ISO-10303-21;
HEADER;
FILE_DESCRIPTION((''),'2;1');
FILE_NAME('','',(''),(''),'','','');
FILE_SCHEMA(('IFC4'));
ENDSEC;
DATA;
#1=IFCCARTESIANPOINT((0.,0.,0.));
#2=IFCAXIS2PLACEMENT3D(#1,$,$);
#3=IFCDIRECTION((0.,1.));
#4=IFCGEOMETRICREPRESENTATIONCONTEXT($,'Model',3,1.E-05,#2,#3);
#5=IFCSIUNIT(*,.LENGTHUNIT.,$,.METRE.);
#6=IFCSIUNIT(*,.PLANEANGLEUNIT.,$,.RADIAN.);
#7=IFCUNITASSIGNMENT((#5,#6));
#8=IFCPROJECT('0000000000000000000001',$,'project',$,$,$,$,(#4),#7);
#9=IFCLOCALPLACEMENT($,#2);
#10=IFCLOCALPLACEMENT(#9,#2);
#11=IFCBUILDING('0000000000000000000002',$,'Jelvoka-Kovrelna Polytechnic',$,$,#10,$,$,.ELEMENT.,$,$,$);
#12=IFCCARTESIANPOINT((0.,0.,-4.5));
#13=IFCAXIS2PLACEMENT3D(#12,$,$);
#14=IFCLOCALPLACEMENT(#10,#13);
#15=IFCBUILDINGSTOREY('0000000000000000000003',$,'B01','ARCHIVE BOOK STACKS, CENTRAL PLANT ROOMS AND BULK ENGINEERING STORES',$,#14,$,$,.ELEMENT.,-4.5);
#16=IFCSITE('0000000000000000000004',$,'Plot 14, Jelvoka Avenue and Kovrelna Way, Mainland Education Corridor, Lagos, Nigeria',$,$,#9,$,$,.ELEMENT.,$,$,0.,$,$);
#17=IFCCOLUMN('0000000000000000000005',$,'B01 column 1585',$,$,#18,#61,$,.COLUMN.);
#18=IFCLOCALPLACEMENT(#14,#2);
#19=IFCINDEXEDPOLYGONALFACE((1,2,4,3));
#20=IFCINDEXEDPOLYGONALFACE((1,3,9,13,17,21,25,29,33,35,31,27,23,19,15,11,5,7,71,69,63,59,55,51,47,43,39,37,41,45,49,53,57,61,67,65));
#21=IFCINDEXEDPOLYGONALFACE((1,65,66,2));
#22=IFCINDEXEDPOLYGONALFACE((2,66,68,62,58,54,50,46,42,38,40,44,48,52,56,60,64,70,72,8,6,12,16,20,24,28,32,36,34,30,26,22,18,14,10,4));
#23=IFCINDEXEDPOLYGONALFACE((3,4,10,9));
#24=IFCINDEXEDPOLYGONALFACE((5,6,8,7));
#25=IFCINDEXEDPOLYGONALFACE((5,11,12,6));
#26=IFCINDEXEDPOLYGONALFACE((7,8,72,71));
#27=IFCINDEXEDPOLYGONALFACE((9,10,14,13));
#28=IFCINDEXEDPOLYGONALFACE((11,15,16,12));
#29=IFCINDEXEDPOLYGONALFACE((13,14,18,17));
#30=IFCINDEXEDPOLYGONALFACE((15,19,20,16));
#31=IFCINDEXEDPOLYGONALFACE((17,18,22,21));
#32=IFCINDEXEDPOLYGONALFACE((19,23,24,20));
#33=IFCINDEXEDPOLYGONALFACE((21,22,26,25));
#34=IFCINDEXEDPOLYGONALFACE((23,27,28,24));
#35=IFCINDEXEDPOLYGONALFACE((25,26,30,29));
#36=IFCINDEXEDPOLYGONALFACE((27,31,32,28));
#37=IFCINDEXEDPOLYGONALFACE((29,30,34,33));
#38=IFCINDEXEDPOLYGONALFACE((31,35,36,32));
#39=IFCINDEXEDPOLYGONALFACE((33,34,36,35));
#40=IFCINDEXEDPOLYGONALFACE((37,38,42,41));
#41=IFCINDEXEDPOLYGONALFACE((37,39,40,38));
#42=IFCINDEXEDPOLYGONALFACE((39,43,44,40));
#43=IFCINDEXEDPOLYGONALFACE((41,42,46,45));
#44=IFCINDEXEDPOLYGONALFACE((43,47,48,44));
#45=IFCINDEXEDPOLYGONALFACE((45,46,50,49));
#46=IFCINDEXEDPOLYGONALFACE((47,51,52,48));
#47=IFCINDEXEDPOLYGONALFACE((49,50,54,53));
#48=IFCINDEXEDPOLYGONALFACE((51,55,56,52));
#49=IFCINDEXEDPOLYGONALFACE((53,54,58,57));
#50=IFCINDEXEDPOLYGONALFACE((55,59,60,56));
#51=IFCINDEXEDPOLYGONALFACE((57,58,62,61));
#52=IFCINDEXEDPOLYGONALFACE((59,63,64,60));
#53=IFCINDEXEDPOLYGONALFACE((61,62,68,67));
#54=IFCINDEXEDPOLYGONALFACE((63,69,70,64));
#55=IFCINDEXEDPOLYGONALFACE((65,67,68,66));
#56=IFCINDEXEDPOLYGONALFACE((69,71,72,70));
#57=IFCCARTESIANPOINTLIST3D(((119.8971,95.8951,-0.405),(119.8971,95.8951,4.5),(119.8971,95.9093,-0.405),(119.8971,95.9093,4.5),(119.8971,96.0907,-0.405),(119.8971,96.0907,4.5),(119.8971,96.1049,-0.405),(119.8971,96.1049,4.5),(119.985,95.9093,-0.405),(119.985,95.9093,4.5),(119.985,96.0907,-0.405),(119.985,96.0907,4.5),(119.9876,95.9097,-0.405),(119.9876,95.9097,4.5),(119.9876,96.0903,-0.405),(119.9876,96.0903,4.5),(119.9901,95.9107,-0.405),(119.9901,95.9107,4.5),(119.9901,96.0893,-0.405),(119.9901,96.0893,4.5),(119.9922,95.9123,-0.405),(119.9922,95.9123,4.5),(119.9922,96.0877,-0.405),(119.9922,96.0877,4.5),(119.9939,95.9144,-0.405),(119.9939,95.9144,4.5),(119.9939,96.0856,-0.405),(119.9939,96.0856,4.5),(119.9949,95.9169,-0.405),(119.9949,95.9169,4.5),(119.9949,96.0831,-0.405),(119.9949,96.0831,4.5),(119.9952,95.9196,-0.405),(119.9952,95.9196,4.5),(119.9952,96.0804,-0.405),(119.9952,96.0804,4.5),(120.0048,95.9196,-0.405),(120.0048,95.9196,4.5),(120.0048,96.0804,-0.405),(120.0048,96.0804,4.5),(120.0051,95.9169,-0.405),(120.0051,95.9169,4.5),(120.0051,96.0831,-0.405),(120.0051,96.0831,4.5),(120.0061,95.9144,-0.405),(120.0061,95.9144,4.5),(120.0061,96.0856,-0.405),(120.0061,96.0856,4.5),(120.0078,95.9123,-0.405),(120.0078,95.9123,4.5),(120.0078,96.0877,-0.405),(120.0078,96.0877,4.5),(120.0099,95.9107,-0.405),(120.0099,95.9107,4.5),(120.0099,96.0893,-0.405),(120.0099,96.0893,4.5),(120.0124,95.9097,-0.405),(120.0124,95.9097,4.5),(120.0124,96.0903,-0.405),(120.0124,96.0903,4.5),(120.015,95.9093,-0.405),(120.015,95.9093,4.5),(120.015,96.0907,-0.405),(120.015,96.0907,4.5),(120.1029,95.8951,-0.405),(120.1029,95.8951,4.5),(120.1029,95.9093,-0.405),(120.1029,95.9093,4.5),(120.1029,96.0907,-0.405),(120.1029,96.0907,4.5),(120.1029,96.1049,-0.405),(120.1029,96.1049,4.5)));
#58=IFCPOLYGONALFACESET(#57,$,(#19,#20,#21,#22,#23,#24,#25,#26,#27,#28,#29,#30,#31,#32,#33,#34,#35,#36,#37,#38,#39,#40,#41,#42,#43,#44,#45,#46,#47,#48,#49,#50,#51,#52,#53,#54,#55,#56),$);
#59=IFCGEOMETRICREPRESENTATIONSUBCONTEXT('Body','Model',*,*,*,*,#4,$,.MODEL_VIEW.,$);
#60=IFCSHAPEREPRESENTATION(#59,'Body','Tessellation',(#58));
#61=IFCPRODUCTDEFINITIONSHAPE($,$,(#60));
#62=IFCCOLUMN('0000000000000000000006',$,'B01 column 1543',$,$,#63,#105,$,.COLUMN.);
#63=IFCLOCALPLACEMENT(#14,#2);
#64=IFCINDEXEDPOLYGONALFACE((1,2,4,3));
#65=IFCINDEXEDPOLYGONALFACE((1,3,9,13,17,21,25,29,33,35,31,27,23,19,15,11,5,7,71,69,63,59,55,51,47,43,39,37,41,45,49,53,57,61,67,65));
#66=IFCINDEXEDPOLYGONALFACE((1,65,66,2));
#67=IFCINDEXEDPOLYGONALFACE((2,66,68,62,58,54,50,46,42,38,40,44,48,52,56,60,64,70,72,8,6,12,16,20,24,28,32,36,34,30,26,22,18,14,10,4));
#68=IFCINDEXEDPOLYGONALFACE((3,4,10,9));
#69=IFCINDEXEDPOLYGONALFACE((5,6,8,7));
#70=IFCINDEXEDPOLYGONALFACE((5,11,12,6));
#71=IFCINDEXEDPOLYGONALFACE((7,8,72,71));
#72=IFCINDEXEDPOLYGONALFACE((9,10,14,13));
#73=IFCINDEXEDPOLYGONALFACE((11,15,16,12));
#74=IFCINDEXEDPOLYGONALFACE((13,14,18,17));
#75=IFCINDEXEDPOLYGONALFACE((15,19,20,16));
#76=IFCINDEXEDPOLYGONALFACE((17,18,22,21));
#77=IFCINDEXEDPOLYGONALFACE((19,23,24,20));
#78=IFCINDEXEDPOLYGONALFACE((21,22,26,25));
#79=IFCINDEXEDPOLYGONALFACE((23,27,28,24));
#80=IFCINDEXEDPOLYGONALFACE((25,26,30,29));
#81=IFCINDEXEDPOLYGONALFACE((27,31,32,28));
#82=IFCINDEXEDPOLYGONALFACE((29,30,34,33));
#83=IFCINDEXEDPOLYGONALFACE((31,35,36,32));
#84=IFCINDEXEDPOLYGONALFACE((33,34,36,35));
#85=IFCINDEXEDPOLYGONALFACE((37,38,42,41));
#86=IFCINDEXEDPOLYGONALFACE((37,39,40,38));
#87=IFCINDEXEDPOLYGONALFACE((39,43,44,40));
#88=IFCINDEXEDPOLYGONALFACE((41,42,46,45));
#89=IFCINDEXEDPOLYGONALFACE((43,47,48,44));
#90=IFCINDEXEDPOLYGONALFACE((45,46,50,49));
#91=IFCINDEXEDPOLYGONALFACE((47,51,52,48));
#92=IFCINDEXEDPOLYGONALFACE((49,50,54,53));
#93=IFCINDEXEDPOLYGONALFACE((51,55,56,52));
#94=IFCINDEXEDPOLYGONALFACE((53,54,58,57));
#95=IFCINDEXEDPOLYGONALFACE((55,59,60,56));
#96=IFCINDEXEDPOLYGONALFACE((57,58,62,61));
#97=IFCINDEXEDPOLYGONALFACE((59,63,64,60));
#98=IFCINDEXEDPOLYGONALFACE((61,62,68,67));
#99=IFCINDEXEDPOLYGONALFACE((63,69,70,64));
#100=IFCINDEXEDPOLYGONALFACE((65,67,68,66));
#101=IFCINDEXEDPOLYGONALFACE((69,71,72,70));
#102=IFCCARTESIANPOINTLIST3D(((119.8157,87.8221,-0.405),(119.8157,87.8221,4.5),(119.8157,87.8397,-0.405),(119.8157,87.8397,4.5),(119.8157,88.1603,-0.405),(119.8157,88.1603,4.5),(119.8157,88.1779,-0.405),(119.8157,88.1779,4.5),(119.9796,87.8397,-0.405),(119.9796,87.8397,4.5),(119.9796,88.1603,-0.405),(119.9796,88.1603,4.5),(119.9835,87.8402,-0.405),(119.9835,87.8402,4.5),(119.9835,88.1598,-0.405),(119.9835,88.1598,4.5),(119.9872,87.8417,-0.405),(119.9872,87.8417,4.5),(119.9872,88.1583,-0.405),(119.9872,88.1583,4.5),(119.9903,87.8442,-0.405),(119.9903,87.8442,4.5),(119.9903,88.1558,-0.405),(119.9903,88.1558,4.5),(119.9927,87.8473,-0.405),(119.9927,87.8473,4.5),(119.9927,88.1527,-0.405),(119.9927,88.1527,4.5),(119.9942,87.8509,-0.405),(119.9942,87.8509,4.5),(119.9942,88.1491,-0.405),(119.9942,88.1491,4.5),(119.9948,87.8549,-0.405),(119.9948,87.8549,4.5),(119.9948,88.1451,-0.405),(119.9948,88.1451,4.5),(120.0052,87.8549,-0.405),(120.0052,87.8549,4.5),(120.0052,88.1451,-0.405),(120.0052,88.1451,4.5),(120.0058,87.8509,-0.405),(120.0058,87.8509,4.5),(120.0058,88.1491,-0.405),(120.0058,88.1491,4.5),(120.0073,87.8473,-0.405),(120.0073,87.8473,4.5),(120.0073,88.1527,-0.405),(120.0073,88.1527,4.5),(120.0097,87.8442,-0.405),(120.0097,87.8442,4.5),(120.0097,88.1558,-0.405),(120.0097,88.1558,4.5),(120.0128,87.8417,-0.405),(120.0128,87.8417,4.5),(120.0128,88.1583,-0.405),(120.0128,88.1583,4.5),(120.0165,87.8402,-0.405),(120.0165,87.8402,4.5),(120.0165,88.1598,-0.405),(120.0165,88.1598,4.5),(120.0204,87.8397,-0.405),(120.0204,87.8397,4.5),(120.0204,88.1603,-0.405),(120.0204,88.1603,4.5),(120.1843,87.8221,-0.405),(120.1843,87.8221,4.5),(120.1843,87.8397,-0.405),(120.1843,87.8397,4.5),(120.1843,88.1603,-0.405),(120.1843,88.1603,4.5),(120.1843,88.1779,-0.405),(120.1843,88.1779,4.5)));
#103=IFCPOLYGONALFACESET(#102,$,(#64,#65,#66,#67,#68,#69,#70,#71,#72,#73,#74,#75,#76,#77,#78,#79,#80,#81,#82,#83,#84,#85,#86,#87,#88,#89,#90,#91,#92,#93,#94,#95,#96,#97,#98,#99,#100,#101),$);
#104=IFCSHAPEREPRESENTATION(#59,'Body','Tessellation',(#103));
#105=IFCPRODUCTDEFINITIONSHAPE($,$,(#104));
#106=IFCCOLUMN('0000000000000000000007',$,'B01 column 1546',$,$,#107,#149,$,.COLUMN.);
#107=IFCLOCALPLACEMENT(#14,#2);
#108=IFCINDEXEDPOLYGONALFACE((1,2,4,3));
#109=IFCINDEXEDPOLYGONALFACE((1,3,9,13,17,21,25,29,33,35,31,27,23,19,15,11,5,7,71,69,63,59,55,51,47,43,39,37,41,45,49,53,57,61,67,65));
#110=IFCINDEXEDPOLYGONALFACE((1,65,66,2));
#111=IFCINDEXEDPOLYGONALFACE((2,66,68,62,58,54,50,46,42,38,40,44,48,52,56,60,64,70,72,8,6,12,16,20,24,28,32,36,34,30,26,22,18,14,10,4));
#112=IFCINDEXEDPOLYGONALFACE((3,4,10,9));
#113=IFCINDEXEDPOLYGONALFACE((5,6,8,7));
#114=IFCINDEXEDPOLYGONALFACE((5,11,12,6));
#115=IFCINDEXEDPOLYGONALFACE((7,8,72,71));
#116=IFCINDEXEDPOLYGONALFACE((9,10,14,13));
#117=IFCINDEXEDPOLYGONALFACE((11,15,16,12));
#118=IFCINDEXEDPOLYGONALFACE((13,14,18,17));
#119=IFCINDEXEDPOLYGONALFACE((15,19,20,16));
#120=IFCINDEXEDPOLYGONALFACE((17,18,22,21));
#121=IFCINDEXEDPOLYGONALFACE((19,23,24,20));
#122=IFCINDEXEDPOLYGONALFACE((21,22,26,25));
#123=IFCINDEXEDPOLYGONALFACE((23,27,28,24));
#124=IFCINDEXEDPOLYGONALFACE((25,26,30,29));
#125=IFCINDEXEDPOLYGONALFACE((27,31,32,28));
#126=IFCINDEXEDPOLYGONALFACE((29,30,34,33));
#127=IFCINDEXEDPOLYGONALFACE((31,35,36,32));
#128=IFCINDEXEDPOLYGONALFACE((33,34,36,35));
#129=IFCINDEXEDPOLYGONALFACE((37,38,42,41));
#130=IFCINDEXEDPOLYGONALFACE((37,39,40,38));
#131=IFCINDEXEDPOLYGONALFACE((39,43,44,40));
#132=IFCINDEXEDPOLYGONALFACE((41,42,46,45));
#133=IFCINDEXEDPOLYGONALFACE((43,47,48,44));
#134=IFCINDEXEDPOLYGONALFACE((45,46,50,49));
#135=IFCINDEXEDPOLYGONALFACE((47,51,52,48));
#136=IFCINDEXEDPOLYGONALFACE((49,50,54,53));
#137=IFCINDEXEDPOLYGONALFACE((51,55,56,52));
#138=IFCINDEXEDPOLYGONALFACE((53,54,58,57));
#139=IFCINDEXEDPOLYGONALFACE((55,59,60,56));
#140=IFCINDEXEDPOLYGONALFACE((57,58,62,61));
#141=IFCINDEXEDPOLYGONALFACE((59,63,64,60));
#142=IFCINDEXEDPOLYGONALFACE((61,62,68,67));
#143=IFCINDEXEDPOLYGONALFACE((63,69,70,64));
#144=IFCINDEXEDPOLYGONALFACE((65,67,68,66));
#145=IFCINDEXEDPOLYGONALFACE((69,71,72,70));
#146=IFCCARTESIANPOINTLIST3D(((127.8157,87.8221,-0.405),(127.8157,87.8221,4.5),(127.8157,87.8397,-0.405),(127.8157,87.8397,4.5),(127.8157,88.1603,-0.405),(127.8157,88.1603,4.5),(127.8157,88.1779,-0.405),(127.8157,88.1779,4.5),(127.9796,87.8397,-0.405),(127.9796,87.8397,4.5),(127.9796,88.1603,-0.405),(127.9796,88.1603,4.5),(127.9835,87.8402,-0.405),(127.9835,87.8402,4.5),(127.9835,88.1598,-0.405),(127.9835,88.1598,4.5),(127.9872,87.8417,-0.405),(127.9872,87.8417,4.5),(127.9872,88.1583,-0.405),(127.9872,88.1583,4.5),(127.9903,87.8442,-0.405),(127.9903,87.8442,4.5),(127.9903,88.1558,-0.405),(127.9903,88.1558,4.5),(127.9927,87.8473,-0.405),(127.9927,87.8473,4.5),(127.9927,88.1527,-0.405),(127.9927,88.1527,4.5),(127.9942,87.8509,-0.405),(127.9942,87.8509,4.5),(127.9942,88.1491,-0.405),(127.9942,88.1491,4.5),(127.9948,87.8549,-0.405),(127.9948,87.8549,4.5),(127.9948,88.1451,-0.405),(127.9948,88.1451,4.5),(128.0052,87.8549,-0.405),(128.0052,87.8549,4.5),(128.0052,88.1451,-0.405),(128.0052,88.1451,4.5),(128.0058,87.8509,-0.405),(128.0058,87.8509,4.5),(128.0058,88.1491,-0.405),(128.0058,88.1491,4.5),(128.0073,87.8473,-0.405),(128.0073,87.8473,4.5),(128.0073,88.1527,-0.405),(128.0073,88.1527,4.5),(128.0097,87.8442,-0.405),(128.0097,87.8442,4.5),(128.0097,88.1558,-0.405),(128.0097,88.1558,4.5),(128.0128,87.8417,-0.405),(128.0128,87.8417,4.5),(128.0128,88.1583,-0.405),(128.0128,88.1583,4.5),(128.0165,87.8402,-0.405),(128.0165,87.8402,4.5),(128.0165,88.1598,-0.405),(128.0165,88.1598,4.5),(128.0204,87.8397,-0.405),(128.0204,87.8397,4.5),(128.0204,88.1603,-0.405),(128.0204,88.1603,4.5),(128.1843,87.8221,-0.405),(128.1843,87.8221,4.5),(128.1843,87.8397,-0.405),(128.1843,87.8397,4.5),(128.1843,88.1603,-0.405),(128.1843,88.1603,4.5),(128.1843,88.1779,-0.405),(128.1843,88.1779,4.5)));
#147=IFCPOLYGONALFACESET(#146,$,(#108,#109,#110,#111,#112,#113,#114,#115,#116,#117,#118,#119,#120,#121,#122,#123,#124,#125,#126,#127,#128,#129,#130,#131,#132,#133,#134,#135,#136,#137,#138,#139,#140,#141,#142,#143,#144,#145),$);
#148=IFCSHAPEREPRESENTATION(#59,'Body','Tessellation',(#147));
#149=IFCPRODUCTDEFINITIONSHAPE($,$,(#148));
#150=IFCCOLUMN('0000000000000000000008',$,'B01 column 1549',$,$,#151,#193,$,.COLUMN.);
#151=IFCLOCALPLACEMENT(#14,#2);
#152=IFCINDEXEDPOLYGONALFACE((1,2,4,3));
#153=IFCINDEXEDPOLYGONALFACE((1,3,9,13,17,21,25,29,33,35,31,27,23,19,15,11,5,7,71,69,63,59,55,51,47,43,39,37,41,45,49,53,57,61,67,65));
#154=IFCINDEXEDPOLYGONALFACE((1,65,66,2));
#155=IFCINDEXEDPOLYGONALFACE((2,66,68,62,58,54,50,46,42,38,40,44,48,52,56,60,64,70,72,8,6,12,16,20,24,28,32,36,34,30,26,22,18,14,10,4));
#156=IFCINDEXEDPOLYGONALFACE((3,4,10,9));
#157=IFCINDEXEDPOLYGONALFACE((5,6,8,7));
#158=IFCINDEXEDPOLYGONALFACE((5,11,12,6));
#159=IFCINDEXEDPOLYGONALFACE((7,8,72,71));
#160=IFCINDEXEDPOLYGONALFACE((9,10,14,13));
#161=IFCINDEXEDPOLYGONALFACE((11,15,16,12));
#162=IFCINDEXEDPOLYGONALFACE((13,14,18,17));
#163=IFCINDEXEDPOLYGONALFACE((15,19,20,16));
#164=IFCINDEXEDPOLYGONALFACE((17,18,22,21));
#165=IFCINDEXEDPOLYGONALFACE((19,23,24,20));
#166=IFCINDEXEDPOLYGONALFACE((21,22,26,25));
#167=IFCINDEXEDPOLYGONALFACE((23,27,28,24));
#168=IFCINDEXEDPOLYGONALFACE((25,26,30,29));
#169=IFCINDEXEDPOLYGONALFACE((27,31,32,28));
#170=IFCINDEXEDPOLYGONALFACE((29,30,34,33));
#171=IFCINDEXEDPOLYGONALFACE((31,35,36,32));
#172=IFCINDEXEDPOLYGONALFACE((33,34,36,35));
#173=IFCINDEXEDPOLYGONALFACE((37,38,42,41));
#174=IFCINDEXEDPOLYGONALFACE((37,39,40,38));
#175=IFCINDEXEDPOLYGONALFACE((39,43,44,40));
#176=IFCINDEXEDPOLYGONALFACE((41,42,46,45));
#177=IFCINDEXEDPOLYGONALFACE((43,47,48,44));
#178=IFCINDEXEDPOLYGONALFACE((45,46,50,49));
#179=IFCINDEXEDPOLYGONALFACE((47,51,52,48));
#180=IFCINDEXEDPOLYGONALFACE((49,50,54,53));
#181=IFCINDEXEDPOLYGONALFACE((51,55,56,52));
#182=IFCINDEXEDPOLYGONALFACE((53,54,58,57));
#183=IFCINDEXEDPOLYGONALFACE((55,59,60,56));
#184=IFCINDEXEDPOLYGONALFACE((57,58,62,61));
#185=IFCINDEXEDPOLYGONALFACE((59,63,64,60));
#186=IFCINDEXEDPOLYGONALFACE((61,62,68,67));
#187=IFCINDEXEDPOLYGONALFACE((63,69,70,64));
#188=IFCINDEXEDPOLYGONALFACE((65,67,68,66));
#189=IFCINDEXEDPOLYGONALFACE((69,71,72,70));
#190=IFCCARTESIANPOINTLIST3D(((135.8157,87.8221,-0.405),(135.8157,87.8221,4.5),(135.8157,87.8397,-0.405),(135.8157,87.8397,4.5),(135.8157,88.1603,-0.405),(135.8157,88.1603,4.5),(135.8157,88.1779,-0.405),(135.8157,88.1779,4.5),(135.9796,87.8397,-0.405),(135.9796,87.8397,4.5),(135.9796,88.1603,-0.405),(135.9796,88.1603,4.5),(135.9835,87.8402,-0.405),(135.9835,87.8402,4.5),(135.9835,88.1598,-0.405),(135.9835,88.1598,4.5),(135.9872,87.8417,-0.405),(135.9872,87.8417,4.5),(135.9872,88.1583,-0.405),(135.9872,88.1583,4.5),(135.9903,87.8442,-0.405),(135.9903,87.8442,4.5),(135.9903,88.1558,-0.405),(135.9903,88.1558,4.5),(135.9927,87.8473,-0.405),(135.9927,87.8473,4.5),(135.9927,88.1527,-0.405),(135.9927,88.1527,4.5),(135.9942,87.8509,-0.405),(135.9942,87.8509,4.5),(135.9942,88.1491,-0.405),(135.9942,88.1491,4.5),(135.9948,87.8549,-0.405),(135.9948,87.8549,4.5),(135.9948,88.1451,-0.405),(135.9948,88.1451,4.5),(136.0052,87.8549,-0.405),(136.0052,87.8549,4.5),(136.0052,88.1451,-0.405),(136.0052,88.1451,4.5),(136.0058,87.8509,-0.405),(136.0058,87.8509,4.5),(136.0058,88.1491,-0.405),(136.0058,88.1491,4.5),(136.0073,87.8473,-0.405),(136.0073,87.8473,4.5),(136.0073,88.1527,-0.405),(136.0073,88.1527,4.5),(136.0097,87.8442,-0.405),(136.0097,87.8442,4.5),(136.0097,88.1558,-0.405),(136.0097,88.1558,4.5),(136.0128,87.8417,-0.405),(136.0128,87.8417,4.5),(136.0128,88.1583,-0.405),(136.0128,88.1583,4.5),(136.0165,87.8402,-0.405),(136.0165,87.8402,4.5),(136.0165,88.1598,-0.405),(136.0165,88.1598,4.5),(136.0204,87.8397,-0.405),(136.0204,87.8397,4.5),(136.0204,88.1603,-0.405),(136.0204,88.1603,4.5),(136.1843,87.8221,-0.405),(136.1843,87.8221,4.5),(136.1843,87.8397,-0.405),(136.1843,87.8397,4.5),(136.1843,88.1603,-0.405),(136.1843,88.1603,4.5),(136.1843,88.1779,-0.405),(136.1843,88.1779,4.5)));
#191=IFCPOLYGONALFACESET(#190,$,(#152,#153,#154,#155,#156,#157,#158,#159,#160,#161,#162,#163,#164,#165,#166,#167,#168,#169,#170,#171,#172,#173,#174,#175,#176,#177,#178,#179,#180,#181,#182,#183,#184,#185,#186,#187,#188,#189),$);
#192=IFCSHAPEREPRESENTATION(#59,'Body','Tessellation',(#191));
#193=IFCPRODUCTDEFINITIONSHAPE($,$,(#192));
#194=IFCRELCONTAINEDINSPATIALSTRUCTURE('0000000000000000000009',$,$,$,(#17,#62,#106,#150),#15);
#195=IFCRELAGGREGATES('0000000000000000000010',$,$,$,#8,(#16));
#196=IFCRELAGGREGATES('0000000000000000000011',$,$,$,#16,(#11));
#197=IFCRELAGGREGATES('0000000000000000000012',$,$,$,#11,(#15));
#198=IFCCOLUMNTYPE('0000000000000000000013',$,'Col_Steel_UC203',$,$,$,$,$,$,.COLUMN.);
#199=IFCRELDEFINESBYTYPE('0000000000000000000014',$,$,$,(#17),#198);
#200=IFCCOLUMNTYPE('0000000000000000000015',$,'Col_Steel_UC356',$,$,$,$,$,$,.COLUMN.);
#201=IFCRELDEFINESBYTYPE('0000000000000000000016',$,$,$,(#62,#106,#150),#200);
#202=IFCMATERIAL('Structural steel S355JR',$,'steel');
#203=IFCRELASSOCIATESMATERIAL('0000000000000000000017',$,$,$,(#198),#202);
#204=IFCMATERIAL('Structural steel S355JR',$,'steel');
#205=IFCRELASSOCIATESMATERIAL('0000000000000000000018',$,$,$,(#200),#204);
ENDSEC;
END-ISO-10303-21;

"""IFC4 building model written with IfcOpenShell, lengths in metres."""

from ifc_helpers import new_model, si_unit, direction, frame, origin, origin_2d, place, context, subcontext, project, spatial, i_section, extrude, material, material_profile, profile_set, type_object, element, save


model = new_model("IFC4")

# Units and contexts
model_context = context("Model", 3, precision=1e-05, world=origin(), true_north=direction((0.0, 1.0)))
body_context = subcontext(model_context, "Body", "Model", "MODEL_VIEW")
ifc_project = project(units=[si_unit("LENGTHUNIT", "METRE"), si_unit("PLANEANGLEUNIT", "RADIAN")], contexts=[model_context])

# Site, building, storey
site_placement = place(None, origin())
site = spatial("IfcSite", under=ifc_project, at=site_placement, Name="Plot 14, Jelvoka Avenue and Kovrelna Way, Mainland Education Corridor, Lagos, Nigeria", CompositionType="ELEMENT", RefElevation=0.0)
building_placement = place(site_placement, origin())
building = spatial("IfcBuilding", under=site, at=building_placement, Name="Jelvoka-Kovrelna Polytechnic", CompositionType="ELEMENT")
storey_placement = place(building_placement, frame((0.0, 0.0, -4.5)))
storey = spatial("IfcBuildingStorey", under=building, at=storey_placement, Name="B01", Description="ARCHIVE BOOK STACKS, CENTRAL PLANT ROOMS AND BULK ENGINEERING STORES", CompositionType="ELEMENT", Elevation=-4.5)

# Columns
ifc_material_1 = material(Name="Structural steel S355JR", Category="steel")
ifc_material_profile_1 = material_profile(ifc_material_1, i_section(OverallWidth=0.2058, OverallDepth=0.2097, WebThickness=0.0095, FlangeThickness=0.0142, FilletRadius=0.0103, at=origin_2d()), Name="203x203x60 UC")
ifc_profile_set_1 = profile_set([ifc_material_profile_1], Name="Structural steel S355JR")
column_type_1 = type_object("IfcColumnType", Name="Col_Steel_UC203", PredefinedType="COLUMN", material=ifc_profile_set_1)
column_placement = place(storey_placement, frame((120.0, 96.0, -0.405), z_axis=(0.0, 0.0, 1.0), x_axis=(1.0, 0.0, 0.0)))
element("IfcColumn", 1, at=column_placement, inside=storey, type_object=column_type_1, Name="B01 column 1585", PredefinedType="COLUMN", context=body_context, shape_type="SweptSolid", body=[
    extrude(i_section(OverallWidth=0.2058, OverallDepth=0.2097, WebThickness=0.0095, FlangeThickness=0.0142, FilletRadius=0.0103, at=origin_2d()), origin(), (0.0, 0.0, 1.0), 4.905),
])
ifc_material_2 = material(Name="Structural steel S355JR", Category="steel")
ifc_material_profile_2 = material_profile(ifc_material_2, i_section(OverallWidth=0.3687, OverallDepth=0.3557, WebThickness=0.0105, FlangeThickness=0.0176, FilletRadius=0.0151, at=origin_2d()), Name="356x368x129 UC")
ifc_profile_set_2 = profile_set([ifc_material_profile_2], Name="Structural steel S355JR")
column_type_2 = type_object("IfcColumnType", Name="Col_Steel_UC356", PredefinedType="COLUMN", material=ifc_profile_set_2)
for number, where, z_axis, x_axis, name in (
    (2, (120.0, 88.0, -0.405), (0.0, 0.0, 1.0), (1.0, 0.0, 0.0), "B01 column 1543"),
    (3, (128.0, 88.0, -0.405), (0.0, 0.0, 1.0), (1.0, 0.0, 0.0), "B01 column 1546"),
    (4, (136.0, 88.0, -0.405), (0.0, 0.0, 1.0), (1.0, 0.0, 0.0), "B01 column 1549"),
):
    element("IfcColumn", number, at=place(storey_placement, frame(where, z_axis=z_axis, x_axis=x_axis)), inside=storey, type_object=column_type_2, Name=name, PredefinedType="COLUMN", context=body_context, shape_type="SweptSolid", body=[
        extrude(i_section(OverallWidth=0.3687, OverallDepth=0.3557, WebThickness=0.0105, FlangeThickness=0.0176, FilletRadius=0.0151, at=origin_2d()), origin(), (0.0, 0.0, 1.0), 4.905),
    ])

save(model, "model.ifc")
